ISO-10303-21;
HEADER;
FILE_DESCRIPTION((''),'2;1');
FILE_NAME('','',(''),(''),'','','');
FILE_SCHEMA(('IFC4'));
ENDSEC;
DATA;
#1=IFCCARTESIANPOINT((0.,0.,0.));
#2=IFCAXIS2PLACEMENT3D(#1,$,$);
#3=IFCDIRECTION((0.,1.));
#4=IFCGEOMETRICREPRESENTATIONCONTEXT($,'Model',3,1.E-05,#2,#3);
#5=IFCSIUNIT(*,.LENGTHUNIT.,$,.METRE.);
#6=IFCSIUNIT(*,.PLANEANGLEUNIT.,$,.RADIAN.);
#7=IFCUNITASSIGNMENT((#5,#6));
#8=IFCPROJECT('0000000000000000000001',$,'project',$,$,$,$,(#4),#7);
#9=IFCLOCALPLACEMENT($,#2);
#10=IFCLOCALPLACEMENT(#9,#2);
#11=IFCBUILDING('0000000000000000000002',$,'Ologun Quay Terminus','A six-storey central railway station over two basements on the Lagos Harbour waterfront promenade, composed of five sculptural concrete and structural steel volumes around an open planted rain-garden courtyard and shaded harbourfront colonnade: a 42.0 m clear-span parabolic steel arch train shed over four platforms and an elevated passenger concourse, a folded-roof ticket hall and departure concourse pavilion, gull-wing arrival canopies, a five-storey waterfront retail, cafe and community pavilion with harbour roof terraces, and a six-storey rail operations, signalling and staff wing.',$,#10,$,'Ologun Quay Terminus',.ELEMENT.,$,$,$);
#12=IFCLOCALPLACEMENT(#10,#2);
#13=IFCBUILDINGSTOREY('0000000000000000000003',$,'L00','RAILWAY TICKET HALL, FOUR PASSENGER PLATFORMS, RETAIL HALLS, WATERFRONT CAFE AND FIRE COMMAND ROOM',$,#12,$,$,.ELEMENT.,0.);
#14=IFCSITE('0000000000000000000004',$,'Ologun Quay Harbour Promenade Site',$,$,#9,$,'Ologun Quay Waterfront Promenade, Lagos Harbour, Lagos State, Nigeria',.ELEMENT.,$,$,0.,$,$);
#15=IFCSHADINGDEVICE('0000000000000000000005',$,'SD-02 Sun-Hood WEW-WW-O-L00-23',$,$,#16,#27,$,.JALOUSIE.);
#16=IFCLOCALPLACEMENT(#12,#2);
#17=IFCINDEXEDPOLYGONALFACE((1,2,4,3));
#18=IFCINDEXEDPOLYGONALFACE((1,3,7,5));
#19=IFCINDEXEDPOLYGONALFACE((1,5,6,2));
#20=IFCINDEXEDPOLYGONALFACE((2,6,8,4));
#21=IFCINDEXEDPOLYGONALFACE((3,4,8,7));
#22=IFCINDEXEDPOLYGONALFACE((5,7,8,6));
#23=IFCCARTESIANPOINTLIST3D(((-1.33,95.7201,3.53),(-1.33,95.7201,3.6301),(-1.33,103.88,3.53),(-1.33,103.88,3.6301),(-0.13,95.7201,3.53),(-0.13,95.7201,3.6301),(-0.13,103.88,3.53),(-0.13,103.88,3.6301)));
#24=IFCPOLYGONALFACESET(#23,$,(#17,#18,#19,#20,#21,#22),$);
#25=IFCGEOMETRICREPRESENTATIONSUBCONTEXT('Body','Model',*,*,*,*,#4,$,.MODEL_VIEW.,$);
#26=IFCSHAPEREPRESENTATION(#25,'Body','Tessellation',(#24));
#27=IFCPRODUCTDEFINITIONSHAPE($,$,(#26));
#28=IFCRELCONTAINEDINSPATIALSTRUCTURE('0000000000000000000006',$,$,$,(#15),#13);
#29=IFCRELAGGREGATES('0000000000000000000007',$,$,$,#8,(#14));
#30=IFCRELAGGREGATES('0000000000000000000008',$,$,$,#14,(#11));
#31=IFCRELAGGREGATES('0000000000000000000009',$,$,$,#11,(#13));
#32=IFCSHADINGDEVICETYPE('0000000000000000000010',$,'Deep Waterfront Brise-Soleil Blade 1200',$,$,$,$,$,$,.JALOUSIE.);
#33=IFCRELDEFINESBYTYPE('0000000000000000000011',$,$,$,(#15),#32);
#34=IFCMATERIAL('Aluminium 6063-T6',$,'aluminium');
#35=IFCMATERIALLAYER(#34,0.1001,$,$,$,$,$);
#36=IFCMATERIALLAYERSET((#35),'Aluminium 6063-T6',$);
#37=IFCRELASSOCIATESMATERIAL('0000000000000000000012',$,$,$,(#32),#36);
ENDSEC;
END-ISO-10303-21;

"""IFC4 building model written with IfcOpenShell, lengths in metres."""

from ifc_helpers import new_model, si_unit, direction, frame, origin, origin_2d, place, context, subcontext, project, spatial, rectangle, extrude, material, layer, layer_set, type_object, element, save


model = new_model("IFC4")

# Units and contexts
model_context = context("Model", 3, precision=1e-05, world=origin(), true_north=direction((0.0, 1.0)))
body_context = subcontext(model_context, "Body", "Model", "MODEL_VIEW")
ifc_project = project(units=[si_unit("LENGTHUNIT", "METRE"), si_unit("PLANEANGLEUNIT", "RADIAN")], contexts=[model_context])

# Site, building, storey
site_placement = place(None, origin())
site = spatial("IfcSite", under=ifc_project, at=site_placement, Name="Ologun Quay Harbour Promenade Site", LongName="Ologun Quay Waterfront Promenade, Lagos Harbour, Lagos State, Nigeria", CompositionType="ELEMENT", RefElevation=0.0)
building_placement = place(site_placement, origin())
building = spatial("IfcBuilding", under=site, at=building_placement, Name="Ologun Quay Terminus", Description="A six-storey central railway station over two basements on the Lagos Harbour waterfront promenade, composed of five sculptural concrete and structural steel volumes around an open planted rain-garden courtyard and shaded harbourfront colonnade: a 42.0 m clear-span parabolic steel arch train shed over four platforms and an elevated passenger concourse, a folded-roof ticket hall and departure concourse pavilion, gull-wing arrival canopies, a five-storey waterfront retail, cafe and community pavilion with harbour roof terraces, and a six-storey rail operations, signalling and staff wing.", LongName="Ologun Quay Terminus", CompositionType="ELEMENT")
storey_placement = place(building_placement, origin())
storey = spatial("IfcBuildingStorey", under=building, at=storey_placement, Name="L00", Description="RAILWAY TICKET HALL, FOUR PASSENGER PLATFORMS, RETAIL HALLS, WATERFRONT CAFE AND FIRE COMMAND ROOM", CompositionType="ELEMENT", Elevation=0.0)

# Shading device
ifc_material_1 = material(Name="Aluminium 6063-T6", Category="aluminium")
ifc_layer_1 = layer(ifc_material_1, 0.1001)
ifc_layer_set_1 = layer_set([ifc_layer_1], Name="Aluminium 6063-T6")
shading_device_type = type_object("IfcShadingDeviceType", Name="Deep Waterfront Brise-Soleil Blade 1200", PredefinedType="JALOUSIE", material=ifc_layer_set_1)
shading_device_placement = place(storey_placement, frame((-0.73, 99.8, 3.53), z_axis=(0.0, 0.0, 1.0), x_axis=(1.0, 0.0, 0.0)))
element("IfcShadingDevice", 1, at=shading_device_placement, inside=storey, type_object=shading_device_type, Name="SD-02 Sun-Hood WEW-WW-O-L00-23", PredefinedType="JALOUSIE", context=body_context, shape_type="SweptSolid", body=[
    extrude(rectangle(XDim=1.2, YDim=8.1599, at=origin_2d()), origin(), (0.0, 0.0, 1.0), 0.1001),
])

save(model, "model.ifc")
